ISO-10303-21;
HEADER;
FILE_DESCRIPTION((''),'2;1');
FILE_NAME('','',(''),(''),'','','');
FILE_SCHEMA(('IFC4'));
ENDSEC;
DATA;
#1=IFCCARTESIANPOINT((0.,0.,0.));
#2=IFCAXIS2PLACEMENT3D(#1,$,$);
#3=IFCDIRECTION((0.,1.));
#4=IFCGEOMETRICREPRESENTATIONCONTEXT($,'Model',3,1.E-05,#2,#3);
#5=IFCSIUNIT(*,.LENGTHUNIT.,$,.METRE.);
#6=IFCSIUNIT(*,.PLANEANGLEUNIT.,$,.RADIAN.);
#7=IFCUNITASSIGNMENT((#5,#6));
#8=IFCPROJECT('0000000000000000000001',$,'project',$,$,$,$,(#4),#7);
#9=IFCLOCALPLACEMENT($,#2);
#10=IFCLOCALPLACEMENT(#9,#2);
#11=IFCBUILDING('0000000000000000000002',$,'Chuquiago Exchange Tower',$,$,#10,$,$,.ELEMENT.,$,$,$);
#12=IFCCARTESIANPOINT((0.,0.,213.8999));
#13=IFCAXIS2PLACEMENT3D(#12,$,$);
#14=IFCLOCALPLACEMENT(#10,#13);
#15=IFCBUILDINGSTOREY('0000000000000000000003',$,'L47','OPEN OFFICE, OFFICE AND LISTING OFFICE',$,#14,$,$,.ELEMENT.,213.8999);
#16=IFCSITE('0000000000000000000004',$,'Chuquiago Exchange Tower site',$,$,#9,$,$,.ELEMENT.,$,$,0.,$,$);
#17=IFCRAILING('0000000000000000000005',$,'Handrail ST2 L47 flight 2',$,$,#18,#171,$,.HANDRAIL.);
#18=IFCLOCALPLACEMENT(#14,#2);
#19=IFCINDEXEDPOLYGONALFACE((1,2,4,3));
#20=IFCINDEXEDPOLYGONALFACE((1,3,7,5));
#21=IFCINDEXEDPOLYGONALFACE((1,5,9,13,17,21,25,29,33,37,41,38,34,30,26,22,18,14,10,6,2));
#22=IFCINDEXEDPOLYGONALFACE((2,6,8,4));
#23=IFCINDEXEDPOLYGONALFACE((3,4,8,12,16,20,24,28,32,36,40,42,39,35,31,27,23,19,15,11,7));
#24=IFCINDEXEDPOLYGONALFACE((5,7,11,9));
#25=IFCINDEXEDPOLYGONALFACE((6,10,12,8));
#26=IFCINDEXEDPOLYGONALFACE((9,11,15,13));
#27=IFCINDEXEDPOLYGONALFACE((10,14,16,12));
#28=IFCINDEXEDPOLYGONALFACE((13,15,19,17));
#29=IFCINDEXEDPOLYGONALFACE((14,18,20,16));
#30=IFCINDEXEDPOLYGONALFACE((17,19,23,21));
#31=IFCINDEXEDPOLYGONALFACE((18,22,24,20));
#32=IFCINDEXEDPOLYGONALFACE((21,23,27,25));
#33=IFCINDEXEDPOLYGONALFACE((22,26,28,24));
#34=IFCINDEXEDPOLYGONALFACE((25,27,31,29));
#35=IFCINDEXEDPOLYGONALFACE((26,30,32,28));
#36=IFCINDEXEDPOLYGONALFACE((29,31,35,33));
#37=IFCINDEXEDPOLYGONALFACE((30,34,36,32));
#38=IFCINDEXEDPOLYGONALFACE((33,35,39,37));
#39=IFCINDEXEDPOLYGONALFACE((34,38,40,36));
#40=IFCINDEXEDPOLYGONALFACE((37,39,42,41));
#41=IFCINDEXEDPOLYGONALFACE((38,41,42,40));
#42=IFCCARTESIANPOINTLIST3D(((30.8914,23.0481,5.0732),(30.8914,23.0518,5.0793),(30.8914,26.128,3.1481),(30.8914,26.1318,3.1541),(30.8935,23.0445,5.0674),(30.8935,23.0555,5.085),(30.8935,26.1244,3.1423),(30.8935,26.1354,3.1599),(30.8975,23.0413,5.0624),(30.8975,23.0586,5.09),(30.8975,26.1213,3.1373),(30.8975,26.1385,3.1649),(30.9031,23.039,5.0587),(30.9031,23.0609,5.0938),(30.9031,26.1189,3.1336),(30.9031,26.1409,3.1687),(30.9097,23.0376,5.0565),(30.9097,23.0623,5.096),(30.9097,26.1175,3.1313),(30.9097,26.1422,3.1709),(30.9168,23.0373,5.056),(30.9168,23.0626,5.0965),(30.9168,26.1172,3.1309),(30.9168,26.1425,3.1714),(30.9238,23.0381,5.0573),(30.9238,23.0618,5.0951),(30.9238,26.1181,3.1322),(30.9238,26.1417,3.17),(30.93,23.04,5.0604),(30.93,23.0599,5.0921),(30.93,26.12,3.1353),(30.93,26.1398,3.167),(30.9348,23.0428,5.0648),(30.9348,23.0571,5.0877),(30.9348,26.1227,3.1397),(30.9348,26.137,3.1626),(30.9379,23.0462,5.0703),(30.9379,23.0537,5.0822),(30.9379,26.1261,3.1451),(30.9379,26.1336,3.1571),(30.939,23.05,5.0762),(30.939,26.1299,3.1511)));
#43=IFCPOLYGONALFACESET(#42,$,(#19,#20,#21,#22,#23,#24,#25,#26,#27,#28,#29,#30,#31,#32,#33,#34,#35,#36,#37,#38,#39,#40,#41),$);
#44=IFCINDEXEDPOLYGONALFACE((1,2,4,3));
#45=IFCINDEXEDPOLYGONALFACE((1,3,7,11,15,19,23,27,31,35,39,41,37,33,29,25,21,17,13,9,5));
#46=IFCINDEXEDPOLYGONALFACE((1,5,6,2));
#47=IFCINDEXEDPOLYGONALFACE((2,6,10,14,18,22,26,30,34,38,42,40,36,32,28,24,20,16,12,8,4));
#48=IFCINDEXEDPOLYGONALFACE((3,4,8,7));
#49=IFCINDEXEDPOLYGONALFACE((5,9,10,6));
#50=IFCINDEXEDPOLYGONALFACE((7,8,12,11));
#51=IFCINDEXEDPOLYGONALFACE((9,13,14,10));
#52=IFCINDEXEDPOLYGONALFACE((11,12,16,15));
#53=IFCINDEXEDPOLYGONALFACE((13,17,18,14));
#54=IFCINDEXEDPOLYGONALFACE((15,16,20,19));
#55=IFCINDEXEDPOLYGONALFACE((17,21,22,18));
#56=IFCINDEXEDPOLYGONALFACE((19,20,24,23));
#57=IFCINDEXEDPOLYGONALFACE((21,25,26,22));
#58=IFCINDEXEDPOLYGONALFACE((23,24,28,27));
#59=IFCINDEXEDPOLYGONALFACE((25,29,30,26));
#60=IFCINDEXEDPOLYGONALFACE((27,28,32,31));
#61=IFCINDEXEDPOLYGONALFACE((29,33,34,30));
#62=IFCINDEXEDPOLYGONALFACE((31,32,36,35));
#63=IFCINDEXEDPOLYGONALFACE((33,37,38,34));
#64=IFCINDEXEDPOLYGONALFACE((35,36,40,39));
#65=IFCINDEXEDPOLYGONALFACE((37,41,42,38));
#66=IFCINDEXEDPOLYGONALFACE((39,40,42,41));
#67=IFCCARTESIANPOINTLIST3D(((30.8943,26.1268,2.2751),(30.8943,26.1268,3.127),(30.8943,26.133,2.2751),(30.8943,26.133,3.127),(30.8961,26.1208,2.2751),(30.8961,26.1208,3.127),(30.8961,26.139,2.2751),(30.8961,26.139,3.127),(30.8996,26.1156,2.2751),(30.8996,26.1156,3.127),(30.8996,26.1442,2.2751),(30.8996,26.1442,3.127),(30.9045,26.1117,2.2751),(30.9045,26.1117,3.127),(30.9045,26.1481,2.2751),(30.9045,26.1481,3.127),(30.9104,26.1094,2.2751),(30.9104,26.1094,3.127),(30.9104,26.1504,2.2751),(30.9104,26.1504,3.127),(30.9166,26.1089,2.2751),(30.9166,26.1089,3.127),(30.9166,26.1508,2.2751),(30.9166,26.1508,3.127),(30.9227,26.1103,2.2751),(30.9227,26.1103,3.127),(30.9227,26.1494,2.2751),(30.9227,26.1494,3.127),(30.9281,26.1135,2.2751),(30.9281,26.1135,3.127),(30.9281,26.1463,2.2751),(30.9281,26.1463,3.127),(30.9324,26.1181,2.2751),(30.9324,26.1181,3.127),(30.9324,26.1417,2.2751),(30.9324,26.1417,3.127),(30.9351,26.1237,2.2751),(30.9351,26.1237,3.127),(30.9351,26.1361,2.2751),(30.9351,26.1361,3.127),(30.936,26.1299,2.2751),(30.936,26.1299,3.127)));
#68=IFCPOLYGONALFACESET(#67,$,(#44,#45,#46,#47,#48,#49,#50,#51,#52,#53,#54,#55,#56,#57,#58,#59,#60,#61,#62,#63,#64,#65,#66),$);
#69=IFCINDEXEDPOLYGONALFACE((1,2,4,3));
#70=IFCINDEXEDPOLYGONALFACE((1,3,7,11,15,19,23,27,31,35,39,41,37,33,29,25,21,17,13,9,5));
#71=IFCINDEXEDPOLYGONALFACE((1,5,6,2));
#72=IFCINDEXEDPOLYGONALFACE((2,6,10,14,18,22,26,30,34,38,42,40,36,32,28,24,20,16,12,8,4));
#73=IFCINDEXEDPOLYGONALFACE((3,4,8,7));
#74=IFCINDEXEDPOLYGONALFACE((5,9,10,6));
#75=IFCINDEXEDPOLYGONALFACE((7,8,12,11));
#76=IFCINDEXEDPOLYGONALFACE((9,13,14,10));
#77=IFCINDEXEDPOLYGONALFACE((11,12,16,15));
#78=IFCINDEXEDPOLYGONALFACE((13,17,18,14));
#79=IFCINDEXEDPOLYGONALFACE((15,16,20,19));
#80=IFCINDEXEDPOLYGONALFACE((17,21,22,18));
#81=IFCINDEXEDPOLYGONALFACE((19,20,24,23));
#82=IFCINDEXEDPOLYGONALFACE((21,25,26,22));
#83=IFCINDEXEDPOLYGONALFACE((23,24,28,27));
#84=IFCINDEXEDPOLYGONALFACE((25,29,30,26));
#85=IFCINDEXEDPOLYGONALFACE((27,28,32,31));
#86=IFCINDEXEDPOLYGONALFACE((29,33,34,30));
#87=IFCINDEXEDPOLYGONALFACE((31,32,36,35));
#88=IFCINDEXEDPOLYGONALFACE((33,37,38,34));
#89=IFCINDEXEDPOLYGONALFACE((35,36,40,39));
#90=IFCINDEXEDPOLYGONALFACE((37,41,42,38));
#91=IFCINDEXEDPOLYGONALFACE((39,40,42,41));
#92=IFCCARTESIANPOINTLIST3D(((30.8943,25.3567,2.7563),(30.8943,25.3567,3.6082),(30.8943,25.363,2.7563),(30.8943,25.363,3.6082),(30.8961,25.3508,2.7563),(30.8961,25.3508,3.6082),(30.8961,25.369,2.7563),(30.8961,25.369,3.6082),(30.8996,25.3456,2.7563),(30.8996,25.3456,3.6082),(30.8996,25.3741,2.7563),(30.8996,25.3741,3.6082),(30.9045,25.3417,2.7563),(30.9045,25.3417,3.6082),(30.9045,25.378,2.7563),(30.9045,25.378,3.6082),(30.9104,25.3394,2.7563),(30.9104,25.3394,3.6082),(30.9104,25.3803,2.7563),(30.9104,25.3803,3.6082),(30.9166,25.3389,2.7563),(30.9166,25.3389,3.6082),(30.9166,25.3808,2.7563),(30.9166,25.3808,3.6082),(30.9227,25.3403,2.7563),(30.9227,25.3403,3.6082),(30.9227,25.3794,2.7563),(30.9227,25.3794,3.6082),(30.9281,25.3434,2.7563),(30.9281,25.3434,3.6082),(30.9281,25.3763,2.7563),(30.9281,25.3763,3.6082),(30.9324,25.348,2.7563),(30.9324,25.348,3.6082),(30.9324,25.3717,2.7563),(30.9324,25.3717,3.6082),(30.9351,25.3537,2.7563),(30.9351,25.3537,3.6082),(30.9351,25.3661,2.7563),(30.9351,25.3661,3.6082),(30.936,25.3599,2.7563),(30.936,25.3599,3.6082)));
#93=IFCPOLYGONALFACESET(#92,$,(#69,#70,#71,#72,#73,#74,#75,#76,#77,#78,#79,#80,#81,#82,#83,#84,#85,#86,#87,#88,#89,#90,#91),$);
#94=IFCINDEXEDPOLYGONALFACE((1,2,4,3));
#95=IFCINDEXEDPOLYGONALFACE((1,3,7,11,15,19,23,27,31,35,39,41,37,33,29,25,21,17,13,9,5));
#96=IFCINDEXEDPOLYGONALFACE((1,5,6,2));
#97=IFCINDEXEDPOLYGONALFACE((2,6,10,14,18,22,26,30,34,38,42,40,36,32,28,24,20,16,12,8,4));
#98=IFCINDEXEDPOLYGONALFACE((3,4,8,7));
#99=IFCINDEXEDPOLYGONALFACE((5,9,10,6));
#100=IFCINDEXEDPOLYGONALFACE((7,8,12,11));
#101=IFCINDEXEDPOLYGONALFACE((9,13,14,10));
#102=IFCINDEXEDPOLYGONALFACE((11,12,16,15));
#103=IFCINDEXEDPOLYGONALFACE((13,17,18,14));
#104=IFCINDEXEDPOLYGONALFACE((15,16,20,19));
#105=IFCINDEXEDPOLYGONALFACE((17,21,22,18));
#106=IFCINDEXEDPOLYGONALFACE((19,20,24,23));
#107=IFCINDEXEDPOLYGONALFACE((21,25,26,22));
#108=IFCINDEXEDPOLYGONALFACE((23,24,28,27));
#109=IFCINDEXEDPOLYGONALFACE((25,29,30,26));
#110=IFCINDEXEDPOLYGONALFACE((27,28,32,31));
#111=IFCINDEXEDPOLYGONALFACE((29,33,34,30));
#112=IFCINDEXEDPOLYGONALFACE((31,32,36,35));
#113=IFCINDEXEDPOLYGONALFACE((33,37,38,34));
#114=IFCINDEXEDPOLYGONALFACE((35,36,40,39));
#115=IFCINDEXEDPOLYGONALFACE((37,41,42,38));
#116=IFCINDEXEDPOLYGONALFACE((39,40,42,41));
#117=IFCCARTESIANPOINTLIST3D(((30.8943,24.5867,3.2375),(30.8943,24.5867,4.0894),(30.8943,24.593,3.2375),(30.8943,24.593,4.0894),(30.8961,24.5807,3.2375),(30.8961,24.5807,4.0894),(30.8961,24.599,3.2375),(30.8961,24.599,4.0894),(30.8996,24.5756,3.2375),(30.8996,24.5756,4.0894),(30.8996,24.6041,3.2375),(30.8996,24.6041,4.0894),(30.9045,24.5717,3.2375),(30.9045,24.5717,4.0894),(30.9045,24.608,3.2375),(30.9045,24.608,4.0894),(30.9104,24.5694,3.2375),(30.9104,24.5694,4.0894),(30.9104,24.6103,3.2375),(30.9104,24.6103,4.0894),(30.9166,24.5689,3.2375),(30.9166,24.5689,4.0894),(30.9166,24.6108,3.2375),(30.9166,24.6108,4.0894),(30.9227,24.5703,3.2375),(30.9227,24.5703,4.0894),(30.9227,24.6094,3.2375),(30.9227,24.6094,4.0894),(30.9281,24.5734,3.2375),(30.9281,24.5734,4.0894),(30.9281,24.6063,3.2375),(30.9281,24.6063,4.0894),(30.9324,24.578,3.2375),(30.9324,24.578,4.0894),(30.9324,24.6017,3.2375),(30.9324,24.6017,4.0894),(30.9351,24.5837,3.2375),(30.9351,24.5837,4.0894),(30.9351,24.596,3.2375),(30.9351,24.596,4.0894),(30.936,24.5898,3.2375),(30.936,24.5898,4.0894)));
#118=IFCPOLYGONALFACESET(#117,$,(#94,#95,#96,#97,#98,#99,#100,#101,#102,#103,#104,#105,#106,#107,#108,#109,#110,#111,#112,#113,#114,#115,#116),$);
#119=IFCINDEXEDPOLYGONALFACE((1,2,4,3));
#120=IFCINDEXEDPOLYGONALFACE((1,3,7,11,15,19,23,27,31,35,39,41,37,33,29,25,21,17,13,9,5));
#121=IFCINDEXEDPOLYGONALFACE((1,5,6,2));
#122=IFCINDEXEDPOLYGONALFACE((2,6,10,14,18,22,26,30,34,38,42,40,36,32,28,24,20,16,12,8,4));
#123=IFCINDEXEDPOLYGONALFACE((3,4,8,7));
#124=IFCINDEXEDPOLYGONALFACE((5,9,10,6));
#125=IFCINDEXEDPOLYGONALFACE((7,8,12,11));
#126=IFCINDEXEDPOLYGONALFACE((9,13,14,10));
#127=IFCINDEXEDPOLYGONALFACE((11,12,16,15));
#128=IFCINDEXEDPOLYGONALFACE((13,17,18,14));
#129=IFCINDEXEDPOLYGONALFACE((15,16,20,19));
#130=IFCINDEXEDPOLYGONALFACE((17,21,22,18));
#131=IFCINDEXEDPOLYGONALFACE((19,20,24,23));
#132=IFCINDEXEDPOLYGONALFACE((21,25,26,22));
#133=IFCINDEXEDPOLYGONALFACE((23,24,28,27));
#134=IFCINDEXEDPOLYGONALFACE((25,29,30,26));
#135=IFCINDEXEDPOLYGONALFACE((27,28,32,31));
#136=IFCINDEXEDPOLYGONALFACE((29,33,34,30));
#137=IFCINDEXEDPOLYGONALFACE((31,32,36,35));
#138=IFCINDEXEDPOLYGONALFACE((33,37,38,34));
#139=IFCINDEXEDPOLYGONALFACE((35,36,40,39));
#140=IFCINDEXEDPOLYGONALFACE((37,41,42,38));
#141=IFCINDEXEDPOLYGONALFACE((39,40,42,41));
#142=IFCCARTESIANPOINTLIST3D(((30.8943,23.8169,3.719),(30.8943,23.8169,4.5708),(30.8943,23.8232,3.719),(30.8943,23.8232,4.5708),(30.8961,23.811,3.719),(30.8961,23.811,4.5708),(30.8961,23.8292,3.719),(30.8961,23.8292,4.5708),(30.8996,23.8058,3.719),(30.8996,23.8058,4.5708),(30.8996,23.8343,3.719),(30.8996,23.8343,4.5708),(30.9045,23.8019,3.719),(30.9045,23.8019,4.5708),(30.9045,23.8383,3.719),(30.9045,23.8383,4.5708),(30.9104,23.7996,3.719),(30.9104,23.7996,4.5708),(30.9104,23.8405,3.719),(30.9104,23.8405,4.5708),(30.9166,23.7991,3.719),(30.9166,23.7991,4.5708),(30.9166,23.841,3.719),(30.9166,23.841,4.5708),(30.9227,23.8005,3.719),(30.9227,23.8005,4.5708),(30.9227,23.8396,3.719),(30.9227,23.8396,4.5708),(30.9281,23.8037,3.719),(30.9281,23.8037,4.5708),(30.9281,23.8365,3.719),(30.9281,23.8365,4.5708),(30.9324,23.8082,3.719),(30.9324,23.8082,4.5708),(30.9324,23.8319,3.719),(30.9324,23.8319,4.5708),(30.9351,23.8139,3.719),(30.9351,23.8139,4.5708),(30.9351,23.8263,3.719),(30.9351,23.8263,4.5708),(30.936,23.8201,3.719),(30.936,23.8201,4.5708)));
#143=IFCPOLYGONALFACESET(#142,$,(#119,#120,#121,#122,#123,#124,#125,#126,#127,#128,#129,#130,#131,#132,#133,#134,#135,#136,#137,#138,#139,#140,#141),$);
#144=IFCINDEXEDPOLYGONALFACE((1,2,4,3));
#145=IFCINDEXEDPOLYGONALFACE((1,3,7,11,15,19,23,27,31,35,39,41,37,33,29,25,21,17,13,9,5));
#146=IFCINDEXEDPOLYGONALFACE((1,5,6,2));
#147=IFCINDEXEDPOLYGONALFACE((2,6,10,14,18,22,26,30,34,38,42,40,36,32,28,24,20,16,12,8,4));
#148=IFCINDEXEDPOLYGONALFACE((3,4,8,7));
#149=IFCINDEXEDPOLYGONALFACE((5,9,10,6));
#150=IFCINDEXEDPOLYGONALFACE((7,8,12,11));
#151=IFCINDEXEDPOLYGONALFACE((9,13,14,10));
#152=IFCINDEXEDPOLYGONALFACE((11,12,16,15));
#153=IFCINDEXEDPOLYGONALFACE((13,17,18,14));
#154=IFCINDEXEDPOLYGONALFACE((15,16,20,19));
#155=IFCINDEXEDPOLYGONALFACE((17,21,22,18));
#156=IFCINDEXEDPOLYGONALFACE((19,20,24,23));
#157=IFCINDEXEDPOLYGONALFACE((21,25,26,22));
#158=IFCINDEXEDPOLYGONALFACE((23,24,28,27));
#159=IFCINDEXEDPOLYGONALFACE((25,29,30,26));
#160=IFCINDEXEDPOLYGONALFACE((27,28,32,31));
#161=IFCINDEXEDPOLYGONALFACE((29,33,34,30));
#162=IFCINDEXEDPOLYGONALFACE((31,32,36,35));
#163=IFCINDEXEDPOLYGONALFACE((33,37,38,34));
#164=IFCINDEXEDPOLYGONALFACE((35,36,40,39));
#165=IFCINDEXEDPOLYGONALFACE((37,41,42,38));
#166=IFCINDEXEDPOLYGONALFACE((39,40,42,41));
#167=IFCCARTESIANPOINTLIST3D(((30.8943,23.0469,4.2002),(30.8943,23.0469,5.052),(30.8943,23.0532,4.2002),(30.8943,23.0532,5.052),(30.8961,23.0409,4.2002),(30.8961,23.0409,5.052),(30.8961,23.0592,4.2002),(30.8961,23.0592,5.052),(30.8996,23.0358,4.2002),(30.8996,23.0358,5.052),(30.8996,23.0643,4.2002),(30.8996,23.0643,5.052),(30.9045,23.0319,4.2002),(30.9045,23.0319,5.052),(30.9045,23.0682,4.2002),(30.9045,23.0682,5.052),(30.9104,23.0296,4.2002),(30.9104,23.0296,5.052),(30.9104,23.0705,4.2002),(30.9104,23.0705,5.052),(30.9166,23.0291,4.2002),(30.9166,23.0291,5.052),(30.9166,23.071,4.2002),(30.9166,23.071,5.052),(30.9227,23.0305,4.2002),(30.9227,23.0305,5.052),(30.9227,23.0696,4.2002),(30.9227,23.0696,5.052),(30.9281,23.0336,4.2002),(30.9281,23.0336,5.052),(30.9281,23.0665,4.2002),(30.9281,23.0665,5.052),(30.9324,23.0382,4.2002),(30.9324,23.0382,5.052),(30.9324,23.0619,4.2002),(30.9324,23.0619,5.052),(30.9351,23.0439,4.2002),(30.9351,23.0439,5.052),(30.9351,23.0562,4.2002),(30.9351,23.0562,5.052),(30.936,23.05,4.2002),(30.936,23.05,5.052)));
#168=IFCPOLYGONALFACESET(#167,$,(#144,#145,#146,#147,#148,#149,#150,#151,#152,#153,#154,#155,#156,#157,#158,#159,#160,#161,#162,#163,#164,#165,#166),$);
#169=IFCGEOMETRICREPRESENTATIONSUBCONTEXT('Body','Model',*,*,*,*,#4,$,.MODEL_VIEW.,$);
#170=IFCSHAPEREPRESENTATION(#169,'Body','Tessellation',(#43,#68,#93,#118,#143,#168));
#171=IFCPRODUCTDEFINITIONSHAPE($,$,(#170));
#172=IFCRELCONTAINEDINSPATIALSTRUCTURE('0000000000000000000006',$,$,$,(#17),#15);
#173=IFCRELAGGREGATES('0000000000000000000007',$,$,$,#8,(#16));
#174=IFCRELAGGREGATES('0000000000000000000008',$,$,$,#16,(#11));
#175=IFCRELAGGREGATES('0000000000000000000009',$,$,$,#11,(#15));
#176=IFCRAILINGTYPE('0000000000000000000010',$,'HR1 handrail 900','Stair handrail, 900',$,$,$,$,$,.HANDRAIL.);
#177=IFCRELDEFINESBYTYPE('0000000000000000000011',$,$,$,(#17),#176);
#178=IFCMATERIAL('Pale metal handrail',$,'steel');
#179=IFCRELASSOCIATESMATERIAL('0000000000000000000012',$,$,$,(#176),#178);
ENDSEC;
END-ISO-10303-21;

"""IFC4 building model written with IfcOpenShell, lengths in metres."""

from ifc_helpers import new_model, si_unit, direction, frame, origin, origin_2d, place, context, subcontext, project, spatial, circle, extrude, material, type_object, element, save


model = new_model("IFC4")

# Units and contexts
model_context = context("Model", 3, precision=1e-05, world=origin(), true_north=direction((0.0, 1.0)))
body_context = subcontext(model_context, "Body", "Model", "MODEL_VIEW")
ifc_project = project(units=[si_unit("LENGTHUNIT", "METRE"), si_unit("PLANEANGLEUNIT", "RADIAN")], contexts=[model_context])

# Site, building, storey
site_placement = place(None, origin())
site = spatial("IfcSite", under=ifc_project, at=site_placement, Name="Chuquiago Exchange Tower site", CompositionType="ELEMENT", RefElevation=0.0)
building_placement = place(site_placement, origin())
building = spatial("IfcBuilding", under=site, at=building_placement, Name="Chuquiago Exchange Tower", CompositionType="ELEMENT")
storey_placement = place(building_placement, frame((0.0, 0.0, 213.8999)))
storey = spatial("IfcBuildingStorey", under=building, at=storey_placement, Name="L47", Description="OPEN OFFICE, OFFICE AND LISTING OFFICE", CompositionType="ELEMENT", Elevation=213.8999)

# Railing
ifc_material_1 = material(Name="Pale metal handrail", Category="steel")
railing_type_1 = type_object("IfcRailingType", Name="HR1 handrail 900", Description="Stair handrail, 900", PredefinedType="HANDRAIL", material=ifc_material_1)
for number, where, name in (
    (1, (30.915, 26.1299, 2.2751), "Handrail ST2 L47 flight 2"),
):
    element("IfcRailing", number, at=place(storey_placement, frame(where)), inside=storey, type_object=railing_type_1, Name=name, PredefinedType="HANDRAIL", context=body_context, shape_type="SweptSolid", body=[
        extrude(circle(Radius=0.0239, at=origin_2d()), frame((0.0, 0.0, 0.876), z_axis=(0.0, -0.847979, 0.530029), x_axis=(1.0, 0.0, 0.0)), (0.0, 0.0, 1.0), 3.6321),
        extrude(circle(Radius=0.021, at=origin_2d()), origin(), (0.0, 0.0, 1.0), 0.8518),
        extrude(circle(Radius=0.021, at=origin_2d()), frame((0.0, -0.77, 0.4812)), (0.0, 0.0, 1.0), 0.8518),
        extrude(circle(Radius=0.021, at=origin_2d()), frame((0.0, -1.54, 0.9624)), (0.0, 0.0, 1.0), 0.8518),
        extrude(circle(Radius=0.021, at=origin_2d()), frame((0.0, -2.3098, 1.4438)), (0.0, 0.0, 1.0), 0.8518),
        extrude(circle(Radius=0.021, at=origin_2d()), frame((0.0, -3.0798, 1.925)), (0.0, 0.0, 1.0), 0.8518),
    ])

save(model, "model.ifc")
